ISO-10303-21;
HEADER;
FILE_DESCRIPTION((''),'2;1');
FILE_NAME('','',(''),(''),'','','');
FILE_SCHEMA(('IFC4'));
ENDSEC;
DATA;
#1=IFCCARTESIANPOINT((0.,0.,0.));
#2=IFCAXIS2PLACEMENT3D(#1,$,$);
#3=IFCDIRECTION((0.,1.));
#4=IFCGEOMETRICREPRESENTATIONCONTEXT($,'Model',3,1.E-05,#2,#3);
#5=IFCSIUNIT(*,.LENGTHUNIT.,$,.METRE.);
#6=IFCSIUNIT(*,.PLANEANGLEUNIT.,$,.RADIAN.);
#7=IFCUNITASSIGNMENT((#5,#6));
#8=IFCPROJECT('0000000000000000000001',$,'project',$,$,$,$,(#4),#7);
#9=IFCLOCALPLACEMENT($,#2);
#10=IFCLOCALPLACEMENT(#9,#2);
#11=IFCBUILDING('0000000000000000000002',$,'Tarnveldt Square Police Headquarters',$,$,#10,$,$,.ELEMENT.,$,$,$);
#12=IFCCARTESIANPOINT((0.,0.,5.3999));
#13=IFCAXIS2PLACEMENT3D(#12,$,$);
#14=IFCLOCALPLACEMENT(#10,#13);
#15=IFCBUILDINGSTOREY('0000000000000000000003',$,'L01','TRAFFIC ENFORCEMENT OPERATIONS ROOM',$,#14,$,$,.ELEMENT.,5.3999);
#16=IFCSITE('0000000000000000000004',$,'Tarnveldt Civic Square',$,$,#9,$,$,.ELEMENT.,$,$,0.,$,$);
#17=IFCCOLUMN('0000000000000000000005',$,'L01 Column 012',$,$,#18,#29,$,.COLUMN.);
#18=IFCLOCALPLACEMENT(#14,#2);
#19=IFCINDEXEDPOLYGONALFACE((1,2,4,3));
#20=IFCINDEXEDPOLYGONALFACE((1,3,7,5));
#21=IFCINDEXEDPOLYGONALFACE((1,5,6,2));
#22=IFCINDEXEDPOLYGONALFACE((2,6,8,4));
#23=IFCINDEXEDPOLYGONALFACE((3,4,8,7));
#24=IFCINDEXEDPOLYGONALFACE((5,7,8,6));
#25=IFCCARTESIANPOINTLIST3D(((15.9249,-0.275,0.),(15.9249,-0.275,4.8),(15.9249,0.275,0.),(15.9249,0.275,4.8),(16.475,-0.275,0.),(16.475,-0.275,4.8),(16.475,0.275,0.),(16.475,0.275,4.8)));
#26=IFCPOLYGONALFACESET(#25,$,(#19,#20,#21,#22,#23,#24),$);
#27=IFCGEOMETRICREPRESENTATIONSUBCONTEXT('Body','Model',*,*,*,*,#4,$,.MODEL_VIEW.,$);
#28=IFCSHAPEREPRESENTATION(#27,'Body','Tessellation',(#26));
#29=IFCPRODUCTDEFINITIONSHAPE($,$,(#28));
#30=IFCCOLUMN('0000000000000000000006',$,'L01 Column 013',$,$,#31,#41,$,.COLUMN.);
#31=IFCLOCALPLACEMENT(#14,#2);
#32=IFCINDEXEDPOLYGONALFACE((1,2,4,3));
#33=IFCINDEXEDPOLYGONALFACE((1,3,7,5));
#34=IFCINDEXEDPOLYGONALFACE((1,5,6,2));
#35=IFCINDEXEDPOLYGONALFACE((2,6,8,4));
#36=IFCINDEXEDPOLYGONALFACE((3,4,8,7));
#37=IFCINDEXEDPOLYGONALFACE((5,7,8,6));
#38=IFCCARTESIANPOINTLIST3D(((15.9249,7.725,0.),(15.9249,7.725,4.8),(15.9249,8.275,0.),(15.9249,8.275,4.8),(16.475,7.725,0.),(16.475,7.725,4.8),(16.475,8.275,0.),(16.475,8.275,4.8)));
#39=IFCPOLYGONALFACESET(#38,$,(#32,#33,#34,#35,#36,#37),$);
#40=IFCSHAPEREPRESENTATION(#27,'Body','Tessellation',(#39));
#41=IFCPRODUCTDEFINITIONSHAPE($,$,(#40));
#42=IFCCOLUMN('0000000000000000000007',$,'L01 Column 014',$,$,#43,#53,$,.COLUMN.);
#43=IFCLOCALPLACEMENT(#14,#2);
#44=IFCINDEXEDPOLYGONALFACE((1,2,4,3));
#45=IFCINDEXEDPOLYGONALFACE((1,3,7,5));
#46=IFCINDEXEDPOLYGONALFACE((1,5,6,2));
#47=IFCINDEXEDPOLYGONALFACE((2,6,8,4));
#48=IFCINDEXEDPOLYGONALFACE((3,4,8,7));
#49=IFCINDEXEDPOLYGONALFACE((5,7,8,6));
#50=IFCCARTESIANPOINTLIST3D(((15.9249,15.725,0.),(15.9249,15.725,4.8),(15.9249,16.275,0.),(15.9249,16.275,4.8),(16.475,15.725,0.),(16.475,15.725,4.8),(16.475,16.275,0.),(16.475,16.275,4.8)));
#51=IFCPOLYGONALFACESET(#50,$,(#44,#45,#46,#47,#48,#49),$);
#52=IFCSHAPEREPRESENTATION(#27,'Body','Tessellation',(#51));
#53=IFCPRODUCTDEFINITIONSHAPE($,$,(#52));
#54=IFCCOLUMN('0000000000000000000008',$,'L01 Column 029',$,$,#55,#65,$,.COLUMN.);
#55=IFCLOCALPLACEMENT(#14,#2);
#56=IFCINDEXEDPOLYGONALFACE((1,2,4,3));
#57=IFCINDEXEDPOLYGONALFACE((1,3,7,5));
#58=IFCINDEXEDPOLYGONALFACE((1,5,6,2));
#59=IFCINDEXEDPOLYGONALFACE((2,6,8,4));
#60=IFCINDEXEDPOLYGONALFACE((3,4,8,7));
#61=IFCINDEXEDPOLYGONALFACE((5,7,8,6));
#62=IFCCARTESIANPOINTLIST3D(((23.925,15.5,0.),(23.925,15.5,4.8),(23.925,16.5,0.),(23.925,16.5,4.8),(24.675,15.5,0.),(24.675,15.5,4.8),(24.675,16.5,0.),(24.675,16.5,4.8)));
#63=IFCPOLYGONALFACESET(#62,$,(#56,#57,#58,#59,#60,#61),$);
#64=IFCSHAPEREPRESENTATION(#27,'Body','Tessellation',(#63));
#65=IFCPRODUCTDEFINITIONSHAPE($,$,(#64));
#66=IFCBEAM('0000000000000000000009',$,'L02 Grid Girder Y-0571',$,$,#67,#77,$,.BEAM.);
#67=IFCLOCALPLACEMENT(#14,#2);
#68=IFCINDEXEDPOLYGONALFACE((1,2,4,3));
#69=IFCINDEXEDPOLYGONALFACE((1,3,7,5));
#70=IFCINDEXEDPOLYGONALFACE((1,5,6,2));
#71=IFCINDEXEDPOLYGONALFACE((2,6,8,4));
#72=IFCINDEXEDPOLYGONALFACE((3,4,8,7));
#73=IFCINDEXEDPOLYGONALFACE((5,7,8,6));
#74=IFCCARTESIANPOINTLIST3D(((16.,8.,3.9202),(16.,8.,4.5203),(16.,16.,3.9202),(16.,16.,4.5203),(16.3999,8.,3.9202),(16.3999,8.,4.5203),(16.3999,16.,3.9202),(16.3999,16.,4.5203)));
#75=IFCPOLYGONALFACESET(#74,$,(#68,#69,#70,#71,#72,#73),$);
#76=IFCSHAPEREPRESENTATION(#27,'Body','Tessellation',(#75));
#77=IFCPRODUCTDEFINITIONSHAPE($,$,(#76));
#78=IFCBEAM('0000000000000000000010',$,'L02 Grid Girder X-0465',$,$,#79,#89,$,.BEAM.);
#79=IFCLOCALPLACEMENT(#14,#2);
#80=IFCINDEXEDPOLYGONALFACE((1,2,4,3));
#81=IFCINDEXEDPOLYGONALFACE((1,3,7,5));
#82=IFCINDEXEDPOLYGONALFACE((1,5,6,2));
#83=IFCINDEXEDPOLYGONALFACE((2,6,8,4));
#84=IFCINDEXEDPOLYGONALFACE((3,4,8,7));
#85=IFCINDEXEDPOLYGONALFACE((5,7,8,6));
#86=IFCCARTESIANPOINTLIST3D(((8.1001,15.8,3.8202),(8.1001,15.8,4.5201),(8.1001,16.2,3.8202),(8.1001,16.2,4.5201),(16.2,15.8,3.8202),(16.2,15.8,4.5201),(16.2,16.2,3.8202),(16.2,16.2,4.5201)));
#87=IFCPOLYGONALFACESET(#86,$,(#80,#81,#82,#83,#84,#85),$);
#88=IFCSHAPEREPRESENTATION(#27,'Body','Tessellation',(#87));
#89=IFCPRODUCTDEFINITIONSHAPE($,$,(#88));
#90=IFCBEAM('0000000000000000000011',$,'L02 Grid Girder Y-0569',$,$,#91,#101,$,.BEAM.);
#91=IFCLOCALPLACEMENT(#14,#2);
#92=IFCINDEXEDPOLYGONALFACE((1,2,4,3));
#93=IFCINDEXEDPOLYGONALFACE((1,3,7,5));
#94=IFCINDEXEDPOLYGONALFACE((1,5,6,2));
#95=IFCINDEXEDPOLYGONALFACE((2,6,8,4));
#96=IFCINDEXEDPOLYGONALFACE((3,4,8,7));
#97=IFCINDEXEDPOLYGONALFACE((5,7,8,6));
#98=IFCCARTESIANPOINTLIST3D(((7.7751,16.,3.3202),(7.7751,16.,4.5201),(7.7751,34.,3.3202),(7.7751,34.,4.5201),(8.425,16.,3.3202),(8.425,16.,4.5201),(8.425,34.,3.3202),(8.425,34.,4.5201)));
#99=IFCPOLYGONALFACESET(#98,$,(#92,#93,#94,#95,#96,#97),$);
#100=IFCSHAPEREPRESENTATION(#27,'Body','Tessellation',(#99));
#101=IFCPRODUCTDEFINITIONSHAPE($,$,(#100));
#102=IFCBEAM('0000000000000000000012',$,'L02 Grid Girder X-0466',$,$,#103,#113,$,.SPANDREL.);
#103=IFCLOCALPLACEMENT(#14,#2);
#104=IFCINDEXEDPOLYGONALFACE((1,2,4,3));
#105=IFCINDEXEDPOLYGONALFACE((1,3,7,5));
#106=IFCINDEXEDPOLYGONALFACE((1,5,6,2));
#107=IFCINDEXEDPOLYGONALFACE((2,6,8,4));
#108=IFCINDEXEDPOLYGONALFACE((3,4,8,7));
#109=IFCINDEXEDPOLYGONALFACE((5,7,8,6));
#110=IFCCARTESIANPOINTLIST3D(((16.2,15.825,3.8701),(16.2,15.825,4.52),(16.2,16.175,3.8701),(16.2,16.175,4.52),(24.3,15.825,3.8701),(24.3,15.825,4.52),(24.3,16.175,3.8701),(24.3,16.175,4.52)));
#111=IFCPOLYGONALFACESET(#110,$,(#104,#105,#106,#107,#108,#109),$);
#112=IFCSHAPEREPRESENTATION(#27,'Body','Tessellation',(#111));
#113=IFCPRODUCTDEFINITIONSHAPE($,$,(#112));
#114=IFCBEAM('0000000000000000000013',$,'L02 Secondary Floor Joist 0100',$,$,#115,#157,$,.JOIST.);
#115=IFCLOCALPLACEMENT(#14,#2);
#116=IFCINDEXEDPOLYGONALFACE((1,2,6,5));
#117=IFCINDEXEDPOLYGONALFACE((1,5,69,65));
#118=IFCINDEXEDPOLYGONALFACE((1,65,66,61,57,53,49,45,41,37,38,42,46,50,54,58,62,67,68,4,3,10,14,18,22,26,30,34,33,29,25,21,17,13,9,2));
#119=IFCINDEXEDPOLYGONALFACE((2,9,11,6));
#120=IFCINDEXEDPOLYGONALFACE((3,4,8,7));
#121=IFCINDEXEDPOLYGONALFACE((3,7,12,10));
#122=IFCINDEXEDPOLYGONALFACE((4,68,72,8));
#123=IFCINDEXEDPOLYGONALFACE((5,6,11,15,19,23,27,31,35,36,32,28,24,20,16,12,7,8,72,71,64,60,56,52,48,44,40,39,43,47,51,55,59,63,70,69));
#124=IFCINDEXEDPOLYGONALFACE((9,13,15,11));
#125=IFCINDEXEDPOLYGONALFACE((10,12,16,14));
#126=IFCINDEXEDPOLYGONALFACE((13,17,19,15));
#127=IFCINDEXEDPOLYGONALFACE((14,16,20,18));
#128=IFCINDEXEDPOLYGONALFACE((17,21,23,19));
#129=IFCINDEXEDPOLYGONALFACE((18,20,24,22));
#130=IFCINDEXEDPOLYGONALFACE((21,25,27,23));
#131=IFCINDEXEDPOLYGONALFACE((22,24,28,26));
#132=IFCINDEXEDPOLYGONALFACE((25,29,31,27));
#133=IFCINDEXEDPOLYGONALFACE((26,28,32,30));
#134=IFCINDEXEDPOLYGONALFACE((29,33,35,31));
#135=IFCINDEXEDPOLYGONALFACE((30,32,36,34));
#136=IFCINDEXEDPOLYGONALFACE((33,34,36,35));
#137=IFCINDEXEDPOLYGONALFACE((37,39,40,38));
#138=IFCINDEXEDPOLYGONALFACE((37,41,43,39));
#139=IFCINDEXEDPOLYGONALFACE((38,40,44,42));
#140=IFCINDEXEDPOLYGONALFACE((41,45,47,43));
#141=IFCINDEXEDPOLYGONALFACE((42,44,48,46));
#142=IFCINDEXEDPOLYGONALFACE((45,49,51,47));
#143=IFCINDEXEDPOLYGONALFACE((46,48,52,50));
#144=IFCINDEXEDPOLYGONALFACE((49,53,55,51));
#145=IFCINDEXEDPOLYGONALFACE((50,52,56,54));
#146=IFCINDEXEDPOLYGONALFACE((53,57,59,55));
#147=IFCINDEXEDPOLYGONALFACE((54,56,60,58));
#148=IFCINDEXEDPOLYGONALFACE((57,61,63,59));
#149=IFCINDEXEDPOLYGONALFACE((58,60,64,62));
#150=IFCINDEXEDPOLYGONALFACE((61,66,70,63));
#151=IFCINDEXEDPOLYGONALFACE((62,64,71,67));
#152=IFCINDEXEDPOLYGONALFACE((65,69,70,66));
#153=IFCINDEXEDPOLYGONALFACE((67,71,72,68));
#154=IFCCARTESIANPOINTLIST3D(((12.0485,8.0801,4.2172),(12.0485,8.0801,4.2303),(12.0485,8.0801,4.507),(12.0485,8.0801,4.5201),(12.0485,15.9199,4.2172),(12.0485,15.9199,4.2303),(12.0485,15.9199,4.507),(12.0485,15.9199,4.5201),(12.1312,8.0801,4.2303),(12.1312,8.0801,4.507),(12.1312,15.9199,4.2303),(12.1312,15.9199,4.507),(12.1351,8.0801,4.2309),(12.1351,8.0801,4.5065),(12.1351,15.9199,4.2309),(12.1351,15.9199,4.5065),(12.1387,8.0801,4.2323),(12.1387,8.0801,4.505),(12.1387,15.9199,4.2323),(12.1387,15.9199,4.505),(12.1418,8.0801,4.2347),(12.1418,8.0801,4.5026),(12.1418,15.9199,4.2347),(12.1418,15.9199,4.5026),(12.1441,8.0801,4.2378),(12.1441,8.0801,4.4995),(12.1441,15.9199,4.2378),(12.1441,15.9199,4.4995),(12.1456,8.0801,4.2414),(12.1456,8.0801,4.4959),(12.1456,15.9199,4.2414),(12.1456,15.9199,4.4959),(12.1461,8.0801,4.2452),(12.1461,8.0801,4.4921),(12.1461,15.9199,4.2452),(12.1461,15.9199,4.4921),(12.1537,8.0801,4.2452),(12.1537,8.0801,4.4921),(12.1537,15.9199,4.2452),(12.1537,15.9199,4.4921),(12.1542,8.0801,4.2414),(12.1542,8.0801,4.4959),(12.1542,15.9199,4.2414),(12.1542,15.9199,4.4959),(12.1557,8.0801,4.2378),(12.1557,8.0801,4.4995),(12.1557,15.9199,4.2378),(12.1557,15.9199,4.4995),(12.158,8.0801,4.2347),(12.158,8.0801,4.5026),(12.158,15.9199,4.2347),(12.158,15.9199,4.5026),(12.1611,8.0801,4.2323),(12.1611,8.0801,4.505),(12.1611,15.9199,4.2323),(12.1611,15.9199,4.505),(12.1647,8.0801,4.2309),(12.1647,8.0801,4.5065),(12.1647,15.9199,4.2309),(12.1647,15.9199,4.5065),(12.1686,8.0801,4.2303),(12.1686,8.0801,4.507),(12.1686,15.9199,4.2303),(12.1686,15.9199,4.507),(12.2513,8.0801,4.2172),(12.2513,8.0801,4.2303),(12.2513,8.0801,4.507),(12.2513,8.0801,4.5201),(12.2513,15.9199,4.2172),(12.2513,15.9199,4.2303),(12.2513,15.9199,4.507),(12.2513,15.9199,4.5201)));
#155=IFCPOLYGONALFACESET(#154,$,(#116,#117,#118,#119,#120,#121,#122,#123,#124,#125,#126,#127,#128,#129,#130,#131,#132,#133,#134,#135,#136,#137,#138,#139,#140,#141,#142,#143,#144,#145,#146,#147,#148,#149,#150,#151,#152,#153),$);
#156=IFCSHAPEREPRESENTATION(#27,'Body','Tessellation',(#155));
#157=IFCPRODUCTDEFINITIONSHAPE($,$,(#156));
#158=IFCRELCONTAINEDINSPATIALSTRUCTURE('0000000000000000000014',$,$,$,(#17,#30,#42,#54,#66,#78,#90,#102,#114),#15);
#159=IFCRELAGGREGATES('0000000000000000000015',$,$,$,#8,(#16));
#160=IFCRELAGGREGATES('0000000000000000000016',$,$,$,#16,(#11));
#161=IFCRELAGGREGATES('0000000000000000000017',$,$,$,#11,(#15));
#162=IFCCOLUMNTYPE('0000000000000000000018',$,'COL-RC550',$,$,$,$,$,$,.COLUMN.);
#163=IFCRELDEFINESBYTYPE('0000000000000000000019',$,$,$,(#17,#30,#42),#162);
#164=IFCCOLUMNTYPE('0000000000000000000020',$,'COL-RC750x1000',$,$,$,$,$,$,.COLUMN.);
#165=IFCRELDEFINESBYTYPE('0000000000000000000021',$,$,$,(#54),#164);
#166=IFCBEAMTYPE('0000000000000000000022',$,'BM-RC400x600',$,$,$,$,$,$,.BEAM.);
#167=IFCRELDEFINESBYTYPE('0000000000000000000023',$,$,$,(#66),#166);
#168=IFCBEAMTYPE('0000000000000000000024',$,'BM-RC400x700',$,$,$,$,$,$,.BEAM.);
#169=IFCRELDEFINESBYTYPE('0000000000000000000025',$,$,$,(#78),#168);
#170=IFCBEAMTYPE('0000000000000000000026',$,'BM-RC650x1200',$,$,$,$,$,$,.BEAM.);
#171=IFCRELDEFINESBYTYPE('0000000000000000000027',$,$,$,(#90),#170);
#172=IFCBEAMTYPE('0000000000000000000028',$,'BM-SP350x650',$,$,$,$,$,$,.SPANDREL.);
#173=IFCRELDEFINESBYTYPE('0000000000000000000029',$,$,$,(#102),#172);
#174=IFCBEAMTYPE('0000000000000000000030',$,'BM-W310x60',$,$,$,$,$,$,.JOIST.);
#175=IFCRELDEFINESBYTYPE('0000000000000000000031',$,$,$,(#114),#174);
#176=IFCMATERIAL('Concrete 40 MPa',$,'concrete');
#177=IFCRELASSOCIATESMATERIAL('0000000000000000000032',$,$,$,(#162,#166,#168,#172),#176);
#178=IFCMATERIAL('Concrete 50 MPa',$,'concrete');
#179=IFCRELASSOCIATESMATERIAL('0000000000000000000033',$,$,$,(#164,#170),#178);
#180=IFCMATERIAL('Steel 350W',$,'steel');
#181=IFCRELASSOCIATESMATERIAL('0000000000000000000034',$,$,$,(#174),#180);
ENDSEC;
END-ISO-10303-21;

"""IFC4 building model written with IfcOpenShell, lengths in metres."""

from ifc_helpers import new_model, si_unit, direction, frame, origin, origin_2d, place, context, subcontext, project, spatial, rectangle, i_section, extrude, material, material_profile, profile_set, type_object, element, save


model = new_model("IFC4")

# Units and contexts
model_context = context("Model", 3, precision=1e-05, world=origin(), true_north=direction((0.0, 1.0)))
body_context = subcontext(model_context, "Body", "Model", "MODEL_VIEW")
ifc_project = project(units=[si_unit("LENGTHUNIT", "METRE"), si_unit("PLANEANGLEUNIT", "RADIAN")], contexts=[model_context])

# Site, building, storey
site_placement = place(None, origin())
site = spatial("IfcSite", under=ifc_project, at=site_placement, Name="Tarnveldt Civic Square", CompositionType="ELEMENT", RefElevation=0.0)
building_placement = place(site_placement, origin())
building = spatial("IfcBuilding", under=site, at=building_placement, Name="Tarnveldt Square Police Headquarters", CompositionType="ELEMENT")
storey_placement = place(building_placement, frame((0.0, 0.0, 5.3999)))
storey = spatial("IfcBuildingStorey", under=building, at=storey_placement, Name="L01", Description="TRAFFIC ENFORCEMENT OPERATIONS ROOM", CompositionType="ELEMENT", Elevation=5.3999)

# Columns
ifc_material_1 = material(Name="Concrete 40 MPa", Category="concrete")
ifc_material_profile_1 = material_profile(ifc_material_1, rectangle(XDim=0.55, YDim=0.55, at=origin_2d()), Name="RC-C550x550")
ifc_profile_set_1 = profile_set([ifc_material_profile_1], Name="Concrete 40 MPa")
column_type_1 = type_object("IfcColumnType", Name="COL-RC550", PredefinedType="COLUMN", material=ifc_profile_set_1)
for number, where, z_axis, x_axis, name in (
    (1, (16.2, 0.0, 0.0), (0.0, 0.0, 1.0), (1.0, 0.0, 0.0), "L01 Column 012"),
    (2, (16.2, 8.0, 0.0), (0.0, 0.0, 1.0), (1.0, 0.0, 0.0), "L01 Column 013"),
    (3, (16.2, 16.0, 0.0), (0.0, 0.0, 1.0), (1.0, 0.0, 0.0), "L01 Column 014"),
):
    element("IfcColumn", number, at=place(storey_placement, frame(where, z_axis=z_axis, x_axis=x_axis)), inside=storey, type_object=column_type_1, Name=name, PredefinedType="COLUMN", context=body_context, shape_type="SweptSolid", body=[
        extrude(rectangle(XDim=0.55, YDim=0.55, at=origin_2d()), origin(), (0.0, 0.0, 1.0), 4.8),
    ])
ifc_material_2 = material(Name="Concrete 50 MPa", Category="concrete")
ifc_material_profile_2 = material_profile(ifc_material_2, rectangle(XDim=0.75, YDim=1.0, at=origin_2d()), Name="RC-C750x1000")
ifc_profile_set_2 = profile_set([ifc_material_profile_2], Name="Concrete 50 MPa")
column_type_2 = type_object("IfcColumnType", Name="COL-RC750x1000", PredefinedType="COLUMN", material=ifc_profile_set_2)
column_placement = place(storey_placement, frame((24.3, 16.0, 0.0), z_axis=(0.0, 0.0, 1.0), x_axis=(1.0, 0.0, 0.0)))
element("IfcColumn", 4, at=column_placement, inside=storey, type_object=column_type_2, Name="L01 Column 029", PredefinedType="COLUMN", context=body_context, shape_type="SweptSolid", body=[
    extrude(rectangle(XDim=0.75, YDim=1.0, at=origin_2d()), origin(), (0.0, 0.0, 1.0), 4.8),
])

# Beams
ifc_material_profile_3 = material_profile(ifc_material_1, rectangle(XDim=0.3999, YDim=0.6001, at=origin_2d()), Name="RC-B400x600")
ifc_profile_set_3 = profile_set([ifc_material_profile_3], Name="Concrete 40 MPa")
beam_type_1 = type_object("IfcBeamType", Name="BM-RC400x600", PredefinedType="BEAM", material=ifc_profile_set_3)
beam_1_placement = place(storey_placement, frame((16.2, 8.0, 4.2202), z_axis=(0.0, 1.0, 0.0), x_axis=(-1.0, 0.0, 0.0)))
element("IfcBeam", 5, at=beam_1_placement, inside=storey, type_object=beam_type_1, Name="L02 Grid Girder Y-0571", PredefinedType="BEAM", context=body_context, shape_type="SweptSolid", body=[
    extrude(rectangle(XDim=0.3999, YDim=0.6001, at=origin_2d()), origin(), (0.0, 0.0, 1.0), 8.0),
])
ifc_material_profile_4 = material_profile(ifc_material_1, rectangle(XDim=0.3999, YDim=0.7, at=origin_2d()), Name="RC-B400x700")
ifc_profile_set_4 = profile_set([ifc_material_profile_4], Name="Concrete 40 MPa")
beam_type_2 = type_object("IfcBeamType", Name="BM-RC400x700", PredefinedType="BEAM", material=ifc_profile_set_4)
beam_2_placement = place(storey_placement, frame((8.1001, 16.0, 4.1702), z_axis=(1.0, 0.0, 0.0), x_axis=(0.0, 1.0, 0.0)))
element("IfcBeam", 6, at=beam_2_placement, inside=storey, type_object=beam_type_2, Name="L02 Grid Girder X-0465", PredefinedType="BEAM", context=body_context, shape_type="SweptSolid", body=[
    extrude(rectangle(XDim=0.3999, YDim=0.7, at=origin_2d()), origin(), (0.0, 0.0, 1.0), 8.0999),
])
ifc_material_profile_5 = material_profile(ifc_material_2, rectangle(XDim=0.6499, YDim=1.2, at=origin_2d()), Name="RC-B650x1200")
ifc_profile_set_5 = profile_set([ifc_material_profile_5], Name="Concrete 50 MPa")
beam_type_3 = type_object("IfcBeamType", Name="BM-RC650x1200", PredefinedType="BEAM", material=ifc_profile_set_5)
beam_3_placement = place(storey_placement, frame((8.1001, 16.0, 3.9202), z_axis=(0.0, 1.0, 0.0), x_axis=(-1.0, 0.0, 0.0)))
element("IfcBeam", 7, at=beam_3_placement, inside=storey, type_object=beam_type_3, Name="L02 Grid Girder Y-0569", PredefinedType="BEAM", context=body_context, shape_type="SweptSolid", body=[
    extrude(rectangle(XDim=0.6499, YDim=1.2, at=origin_2d()), origin(), (0.0, 0.0, 1.0), 18.0),
])
ifc_material_profile_6 = material_profile(ifc_material_1, rectangle(XDim=0.3501, YDim=0.6499, at=origin_2d()), Name="RC-SP350x650")
ifc_profile_set_6 = profile_set([ifc_material_profile_6], Name="Concrete 40 MPa")
beam_type_4 = type_object("IfcBeamType", Name="BM-SP350x650", PredefinedType="SPANDREL", material=ifc_profile_set_6)
beam_4_placement = place(storey_placement, frame((16.2, 16.0, 4.1951), z_axis=(1.0, 0.0, 0.0), x_axis=(0.0, 1.0, 0.0)))
element("IfcBeam", 8, at=beam_4_placement, inside=storey, type_object=beam_type_4, Name="L02 Grid Girder X-0466", PredefinedType="SPANDREL", context=body_context, shape_type="SweptSolid", body=[
    extrude(rectangle(XDim=0.3501, YDim=0.6499, at=origin_2d()), origin(), (0.0, 0.0, 1.0), 8.1001),
])
ifc_material_3 = material(Name="Steel 350W", Category="steel")
ifc_material_profile_7 = material_profile(ifc_material_3, i_section(OverallWidth=0.2029, OverallDepth=0.303, WebThickness=0.0076, FlangeThickness=0.0132, FilletRadius=0.0149, at=origin_2d()), Name="W310x60")
ifc_profile_set_7 = profile_set([ifc_material_profile_7], Name="Steel 350W")
beam_type_5 = type_object("IfcBeamType", Name="BM-W310x60", PredefinedType="JOIST", material=ifc_profile_set_7)
beam_5_placement = place(storey_placement, frame((12.1499, 8.0801, 4.3687), z_axis=(0.0, 1.0, 0.0), x_axis=(-1.0, 0.0, 0.0)))
element("IfcBeam", 9, at=beam_5_placement, inside=storey, type_object=beam_type_5, Name="L02 Secondary Floor Joist 0100", PredefinedType="JOIST", context=body_context, shape_type="SweptSolid", body=[
    extrude(i_section(OverallWidth=0.2029, OverallDepth=0.303, WebThickness=0.0076, FlangeThickness=0.0132, FilletRadius=0.0149, at=origin_2d()), origin(), (0.0, 0.0, 1.0), 7.8398),
])

save(model, "model.ifc")
